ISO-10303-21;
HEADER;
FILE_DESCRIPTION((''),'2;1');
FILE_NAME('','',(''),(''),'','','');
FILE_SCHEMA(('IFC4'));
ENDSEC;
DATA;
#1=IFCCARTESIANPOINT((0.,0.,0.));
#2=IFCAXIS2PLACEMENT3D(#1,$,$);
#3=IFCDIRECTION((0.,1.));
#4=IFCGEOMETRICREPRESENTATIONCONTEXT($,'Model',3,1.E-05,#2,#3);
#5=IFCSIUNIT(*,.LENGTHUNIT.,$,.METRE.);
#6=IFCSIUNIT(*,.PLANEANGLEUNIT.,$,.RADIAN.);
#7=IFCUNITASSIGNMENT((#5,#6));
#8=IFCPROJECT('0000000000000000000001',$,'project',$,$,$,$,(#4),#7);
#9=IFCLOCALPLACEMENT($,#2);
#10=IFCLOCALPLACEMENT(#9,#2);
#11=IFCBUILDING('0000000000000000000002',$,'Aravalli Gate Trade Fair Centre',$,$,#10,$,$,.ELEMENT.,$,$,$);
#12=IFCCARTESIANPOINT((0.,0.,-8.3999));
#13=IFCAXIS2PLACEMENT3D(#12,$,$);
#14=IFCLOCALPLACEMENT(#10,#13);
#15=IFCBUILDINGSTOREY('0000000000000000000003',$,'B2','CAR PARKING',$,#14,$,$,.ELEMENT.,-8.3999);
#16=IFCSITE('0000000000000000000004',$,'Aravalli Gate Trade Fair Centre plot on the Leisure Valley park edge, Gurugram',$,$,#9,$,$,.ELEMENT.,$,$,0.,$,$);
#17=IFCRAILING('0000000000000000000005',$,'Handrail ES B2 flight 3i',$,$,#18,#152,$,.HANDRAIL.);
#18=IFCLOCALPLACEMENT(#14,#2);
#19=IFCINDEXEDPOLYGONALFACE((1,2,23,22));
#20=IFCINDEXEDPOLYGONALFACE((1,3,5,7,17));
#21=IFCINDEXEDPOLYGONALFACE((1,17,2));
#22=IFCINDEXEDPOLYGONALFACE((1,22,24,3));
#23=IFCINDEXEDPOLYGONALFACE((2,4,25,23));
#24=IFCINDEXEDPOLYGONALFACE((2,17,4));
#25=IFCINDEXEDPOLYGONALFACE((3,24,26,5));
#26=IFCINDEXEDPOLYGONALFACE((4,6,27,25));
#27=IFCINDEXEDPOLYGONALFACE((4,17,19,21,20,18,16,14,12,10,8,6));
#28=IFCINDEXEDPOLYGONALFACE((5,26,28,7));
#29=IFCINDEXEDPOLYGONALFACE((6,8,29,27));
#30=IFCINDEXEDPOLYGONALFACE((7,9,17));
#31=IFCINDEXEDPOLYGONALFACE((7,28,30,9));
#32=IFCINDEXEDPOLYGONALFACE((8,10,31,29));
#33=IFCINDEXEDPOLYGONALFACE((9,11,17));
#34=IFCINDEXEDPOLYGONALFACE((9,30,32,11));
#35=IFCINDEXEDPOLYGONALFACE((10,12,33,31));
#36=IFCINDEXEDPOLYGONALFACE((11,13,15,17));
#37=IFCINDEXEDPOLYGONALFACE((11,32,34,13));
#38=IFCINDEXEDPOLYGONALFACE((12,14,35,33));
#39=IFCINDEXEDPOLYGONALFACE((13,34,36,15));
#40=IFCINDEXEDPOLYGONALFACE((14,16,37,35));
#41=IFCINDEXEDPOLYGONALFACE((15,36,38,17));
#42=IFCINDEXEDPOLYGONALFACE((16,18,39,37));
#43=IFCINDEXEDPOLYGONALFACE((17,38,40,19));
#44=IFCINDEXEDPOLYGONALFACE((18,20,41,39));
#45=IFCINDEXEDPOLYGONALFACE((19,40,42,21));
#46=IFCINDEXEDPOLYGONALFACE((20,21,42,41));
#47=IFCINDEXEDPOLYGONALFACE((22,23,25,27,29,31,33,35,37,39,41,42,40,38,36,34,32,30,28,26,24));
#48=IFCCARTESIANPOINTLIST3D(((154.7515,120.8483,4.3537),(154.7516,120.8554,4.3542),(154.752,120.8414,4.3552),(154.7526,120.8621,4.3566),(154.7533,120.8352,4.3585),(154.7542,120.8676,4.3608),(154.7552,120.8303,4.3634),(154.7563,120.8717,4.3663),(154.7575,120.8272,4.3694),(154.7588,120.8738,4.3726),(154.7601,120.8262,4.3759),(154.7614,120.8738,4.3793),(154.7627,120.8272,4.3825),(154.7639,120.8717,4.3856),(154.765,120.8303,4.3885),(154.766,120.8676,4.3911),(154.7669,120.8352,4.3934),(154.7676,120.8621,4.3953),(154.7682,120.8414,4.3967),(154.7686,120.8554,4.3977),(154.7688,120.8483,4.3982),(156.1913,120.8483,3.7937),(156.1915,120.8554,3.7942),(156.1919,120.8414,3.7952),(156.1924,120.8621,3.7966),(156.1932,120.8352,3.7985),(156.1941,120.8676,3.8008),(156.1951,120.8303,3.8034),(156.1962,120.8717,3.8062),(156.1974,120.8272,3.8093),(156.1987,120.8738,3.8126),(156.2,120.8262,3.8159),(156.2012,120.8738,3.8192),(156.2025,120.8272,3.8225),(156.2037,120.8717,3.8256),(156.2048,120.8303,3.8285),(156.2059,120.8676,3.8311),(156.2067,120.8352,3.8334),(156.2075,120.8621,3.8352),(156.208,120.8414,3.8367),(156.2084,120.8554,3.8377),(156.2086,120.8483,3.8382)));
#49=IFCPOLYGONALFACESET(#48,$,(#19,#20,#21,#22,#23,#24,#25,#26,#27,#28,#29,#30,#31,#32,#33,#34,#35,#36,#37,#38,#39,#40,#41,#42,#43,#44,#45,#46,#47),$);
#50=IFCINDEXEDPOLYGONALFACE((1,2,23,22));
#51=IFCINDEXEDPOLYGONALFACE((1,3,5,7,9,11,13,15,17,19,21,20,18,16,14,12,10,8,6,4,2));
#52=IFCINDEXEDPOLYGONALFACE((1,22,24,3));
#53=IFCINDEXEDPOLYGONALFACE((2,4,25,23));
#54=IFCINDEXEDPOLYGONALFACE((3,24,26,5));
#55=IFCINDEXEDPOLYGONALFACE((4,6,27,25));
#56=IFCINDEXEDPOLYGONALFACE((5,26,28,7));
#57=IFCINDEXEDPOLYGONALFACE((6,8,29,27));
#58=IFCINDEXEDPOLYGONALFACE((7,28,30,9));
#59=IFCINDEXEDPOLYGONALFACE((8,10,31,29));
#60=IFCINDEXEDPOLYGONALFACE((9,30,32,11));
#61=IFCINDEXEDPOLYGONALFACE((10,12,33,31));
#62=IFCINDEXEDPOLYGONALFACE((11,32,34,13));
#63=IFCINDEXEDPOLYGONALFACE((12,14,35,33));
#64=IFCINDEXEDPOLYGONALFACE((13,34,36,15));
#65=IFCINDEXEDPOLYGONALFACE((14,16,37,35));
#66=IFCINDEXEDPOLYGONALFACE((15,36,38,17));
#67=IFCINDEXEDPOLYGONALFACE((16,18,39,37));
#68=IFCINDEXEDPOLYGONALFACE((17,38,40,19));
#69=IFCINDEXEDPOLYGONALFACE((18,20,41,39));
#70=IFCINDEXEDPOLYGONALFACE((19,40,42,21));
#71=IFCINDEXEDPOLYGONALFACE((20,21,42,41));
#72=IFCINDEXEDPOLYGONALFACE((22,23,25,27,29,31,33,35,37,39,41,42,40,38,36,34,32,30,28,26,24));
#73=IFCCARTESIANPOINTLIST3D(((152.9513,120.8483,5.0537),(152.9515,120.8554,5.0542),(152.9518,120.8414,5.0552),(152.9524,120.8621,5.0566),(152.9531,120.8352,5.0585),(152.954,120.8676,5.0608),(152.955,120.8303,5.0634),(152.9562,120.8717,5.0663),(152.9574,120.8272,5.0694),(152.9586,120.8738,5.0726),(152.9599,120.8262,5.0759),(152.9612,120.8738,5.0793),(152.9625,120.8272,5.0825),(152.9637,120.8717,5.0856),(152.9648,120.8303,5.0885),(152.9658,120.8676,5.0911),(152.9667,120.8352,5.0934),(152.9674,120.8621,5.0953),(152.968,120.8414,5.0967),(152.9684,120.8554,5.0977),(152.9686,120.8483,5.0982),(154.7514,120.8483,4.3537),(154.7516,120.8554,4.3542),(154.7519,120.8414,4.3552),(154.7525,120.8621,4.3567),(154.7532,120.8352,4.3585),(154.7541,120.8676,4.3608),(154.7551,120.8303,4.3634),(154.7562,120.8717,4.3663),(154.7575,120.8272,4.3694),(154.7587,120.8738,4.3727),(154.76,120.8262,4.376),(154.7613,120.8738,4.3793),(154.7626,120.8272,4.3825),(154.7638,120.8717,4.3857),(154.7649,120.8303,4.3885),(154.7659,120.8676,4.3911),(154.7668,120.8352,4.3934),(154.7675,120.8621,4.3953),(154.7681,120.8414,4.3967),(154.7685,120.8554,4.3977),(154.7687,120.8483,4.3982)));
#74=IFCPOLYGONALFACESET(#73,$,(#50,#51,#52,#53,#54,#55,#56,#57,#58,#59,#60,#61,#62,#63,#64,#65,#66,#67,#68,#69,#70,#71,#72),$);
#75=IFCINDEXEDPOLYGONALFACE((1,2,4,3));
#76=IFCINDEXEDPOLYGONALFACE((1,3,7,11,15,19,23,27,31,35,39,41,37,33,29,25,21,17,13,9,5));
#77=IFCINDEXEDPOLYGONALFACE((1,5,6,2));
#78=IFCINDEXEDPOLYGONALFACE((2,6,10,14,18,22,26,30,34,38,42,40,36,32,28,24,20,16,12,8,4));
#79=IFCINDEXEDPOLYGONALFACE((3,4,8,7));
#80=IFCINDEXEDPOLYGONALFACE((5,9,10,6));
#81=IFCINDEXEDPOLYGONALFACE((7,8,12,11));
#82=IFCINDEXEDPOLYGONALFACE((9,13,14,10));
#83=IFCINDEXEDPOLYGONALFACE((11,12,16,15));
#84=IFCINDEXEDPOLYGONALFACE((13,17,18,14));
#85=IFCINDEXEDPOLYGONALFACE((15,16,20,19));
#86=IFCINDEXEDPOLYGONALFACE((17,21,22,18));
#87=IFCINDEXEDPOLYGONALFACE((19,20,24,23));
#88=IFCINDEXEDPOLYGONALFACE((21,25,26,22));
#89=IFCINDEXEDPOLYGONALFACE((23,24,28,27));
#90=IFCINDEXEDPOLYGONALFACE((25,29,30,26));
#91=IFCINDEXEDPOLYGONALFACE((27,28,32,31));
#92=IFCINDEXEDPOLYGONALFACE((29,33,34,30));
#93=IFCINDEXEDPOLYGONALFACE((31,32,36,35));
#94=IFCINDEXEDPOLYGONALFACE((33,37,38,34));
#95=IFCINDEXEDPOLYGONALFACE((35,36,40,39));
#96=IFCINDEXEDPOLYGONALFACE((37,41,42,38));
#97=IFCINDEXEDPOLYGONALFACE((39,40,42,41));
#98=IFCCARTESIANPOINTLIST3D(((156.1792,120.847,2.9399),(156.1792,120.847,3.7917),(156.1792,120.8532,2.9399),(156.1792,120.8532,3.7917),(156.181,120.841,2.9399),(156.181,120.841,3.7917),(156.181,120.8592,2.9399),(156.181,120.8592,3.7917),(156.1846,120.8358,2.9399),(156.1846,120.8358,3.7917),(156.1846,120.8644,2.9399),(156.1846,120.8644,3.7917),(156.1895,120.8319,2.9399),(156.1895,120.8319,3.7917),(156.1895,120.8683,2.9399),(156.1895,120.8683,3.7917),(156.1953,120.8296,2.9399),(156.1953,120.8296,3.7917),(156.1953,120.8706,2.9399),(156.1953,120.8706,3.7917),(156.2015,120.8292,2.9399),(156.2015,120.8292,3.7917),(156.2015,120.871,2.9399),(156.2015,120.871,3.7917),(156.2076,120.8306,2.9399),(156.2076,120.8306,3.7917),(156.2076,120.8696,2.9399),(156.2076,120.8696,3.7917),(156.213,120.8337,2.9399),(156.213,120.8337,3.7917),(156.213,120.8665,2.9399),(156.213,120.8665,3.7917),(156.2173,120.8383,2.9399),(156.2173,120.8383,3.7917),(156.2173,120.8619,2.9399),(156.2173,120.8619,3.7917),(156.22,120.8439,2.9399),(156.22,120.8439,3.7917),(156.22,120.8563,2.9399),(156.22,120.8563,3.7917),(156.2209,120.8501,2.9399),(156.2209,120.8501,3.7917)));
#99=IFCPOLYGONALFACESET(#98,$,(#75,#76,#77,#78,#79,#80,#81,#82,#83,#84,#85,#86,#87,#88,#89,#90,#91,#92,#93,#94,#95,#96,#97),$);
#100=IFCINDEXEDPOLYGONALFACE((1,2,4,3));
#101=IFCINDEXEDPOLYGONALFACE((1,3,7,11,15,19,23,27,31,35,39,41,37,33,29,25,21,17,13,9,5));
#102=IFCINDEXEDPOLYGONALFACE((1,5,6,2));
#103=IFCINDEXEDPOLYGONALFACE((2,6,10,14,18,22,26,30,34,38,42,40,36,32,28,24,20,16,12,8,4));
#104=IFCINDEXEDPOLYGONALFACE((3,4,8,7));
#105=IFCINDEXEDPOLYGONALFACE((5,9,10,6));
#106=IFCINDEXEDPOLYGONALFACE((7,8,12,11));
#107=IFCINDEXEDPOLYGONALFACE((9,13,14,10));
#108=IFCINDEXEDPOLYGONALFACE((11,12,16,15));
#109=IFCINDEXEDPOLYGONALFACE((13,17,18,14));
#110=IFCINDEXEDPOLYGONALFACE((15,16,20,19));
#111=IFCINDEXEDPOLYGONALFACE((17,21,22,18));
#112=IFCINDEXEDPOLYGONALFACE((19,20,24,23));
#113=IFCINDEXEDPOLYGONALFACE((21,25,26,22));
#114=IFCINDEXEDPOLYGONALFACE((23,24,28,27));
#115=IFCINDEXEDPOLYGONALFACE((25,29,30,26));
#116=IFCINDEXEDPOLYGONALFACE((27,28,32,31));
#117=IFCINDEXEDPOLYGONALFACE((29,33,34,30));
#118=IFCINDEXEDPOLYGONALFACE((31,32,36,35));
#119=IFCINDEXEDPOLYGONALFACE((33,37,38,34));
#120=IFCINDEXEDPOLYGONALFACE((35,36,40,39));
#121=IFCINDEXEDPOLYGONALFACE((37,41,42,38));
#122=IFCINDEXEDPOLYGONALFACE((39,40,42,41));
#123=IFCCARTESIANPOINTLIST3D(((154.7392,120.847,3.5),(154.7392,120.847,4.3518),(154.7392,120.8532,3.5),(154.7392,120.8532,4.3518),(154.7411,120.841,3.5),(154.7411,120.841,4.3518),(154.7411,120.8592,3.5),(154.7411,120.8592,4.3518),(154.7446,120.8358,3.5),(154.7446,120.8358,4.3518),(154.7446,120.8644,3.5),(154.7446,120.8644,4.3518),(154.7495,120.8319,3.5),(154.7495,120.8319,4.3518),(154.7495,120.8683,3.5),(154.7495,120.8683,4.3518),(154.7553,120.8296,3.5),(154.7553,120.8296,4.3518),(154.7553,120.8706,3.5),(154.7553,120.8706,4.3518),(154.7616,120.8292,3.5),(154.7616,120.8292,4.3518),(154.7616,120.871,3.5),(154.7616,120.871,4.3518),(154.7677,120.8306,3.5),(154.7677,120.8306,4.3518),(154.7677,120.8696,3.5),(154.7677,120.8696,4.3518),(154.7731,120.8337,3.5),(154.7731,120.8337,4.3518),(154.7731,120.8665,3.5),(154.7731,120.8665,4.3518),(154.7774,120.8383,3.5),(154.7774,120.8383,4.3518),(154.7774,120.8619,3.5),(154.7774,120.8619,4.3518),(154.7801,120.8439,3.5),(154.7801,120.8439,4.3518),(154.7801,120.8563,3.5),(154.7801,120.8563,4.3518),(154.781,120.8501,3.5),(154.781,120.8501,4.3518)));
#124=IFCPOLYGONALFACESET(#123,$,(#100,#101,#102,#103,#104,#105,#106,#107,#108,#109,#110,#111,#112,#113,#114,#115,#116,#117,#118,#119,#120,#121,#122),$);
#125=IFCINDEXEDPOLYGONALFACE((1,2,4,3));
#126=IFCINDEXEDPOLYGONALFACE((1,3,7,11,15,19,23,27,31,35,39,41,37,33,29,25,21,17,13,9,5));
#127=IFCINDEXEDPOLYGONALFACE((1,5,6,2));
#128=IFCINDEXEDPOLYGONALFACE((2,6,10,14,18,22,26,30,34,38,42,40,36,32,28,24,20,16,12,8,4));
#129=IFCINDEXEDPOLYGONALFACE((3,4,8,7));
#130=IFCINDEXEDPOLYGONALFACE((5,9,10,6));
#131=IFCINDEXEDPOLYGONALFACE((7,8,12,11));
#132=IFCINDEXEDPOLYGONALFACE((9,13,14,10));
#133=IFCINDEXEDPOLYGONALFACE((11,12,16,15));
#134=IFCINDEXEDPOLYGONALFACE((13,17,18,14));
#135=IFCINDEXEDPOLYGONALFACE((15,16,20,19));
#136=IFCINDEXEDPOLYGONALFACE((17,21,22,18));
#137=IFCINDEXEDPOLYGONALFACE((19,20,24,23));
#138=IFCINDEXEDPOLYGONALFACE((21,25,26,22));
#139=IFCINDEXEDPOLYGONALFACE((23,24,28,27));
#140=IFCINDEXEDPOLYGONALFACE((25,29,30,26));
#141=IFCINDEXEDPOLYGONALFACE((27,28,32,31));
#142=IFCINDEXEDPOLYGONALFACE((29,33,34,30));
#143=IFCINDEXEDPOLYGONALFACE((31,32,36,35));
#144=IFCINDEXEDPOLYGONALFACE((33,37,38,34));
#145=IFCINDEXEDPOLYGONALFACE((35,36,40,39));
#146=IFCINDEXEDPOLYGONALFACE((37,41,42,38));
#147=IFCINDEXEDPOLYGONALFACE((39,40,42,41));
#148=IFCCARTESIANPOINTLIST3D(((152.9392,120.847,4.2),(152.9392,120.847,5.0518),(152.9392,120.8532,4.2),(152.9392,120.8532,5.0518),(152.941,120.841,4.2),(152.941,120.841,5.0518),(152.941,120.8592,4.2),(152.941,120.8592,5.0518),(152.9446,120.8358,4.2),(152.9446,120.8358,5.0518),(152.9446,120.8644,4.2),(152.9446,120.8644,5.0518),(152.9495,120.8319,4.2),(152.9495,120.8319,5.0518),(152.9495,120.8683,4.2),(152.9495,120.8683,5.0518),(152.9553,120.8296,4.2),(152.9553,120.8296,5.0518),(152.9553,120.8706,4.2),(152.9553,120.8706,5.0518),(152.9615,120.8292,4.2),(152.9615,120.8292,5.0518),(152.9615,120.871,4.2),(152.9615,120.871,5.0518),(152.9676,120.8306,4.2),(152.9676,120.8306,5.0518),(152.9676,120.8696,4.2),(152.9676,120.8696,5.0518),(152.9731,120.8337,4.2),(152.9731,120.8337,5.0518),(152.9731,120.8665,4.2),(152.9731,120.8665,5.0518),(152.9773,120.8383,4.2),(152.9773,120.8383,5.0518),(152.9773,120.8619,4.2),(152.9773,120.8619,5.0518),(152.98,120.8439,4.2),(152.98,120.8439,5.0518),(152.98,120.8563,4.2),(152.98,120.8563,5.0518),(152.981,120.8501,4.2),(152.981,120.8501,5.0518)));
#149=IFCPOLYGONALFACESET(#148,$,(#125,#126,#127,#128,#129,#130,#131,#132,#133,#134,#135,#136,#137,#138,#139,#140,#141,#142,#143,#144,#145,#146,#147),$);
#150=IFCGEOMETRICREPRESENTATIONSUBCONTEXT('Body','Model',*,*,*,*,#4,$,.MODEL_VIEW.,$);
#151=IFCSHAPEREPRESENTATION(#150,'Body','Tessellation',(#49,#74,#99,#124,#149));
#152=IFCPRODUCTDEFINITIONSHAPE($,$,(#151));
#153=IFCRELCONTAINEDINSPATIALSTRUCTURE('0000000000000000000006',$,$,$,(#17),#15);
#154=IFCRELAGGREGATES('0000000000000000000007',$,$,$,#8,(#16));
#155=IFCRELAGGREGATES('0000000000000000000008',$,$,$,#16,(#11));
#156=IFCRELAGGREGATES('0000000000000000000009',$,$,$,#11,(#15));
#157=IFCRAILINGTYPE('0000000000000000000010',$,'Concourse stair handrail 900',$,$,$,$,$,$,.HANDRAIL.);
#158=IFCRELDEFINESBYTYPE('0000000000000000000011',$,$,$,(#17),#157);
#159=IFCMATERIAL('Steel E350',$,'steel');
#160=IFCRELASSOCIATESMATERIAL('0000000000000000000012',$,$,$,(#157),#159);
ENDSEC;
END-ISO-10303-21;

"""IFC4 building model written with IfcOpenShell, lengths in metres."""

from ifc_helpers import new_model, si_unit, direction, frame, origin, origin_2d, place, context, subcontext, project, spatial, circle, extrude, material, type_object, element, save


model = new_model("IFC4")

# Units and contexts
model_context = context("Model", 3, precision=1e-05, world=origin(), true_north=direction((0.0, 1.0)))
body_context = subcontext(model_context, "Body", "Model", "MODEL_VIEW")
ifc_project = project(units=[si_unit("LENGTHUNIT", "METRE"), si_unit("PLANEANGLEUNIT", "RADIAN")], contexts=[model_context])

# Site, building, storey
site_placement = place(None, origin())
site = spatial("IfcSite", under=ifc_project, at=site_placement, Name="Aravalli Gate Trade Fair Centre plot on the Leisure Valley park edge, Gurugram", CompositionType="ELEMENT", RefElevation=0.0)
building_placement = place(site_placement, origin())
building = spatial("IfcBuilding", under=site, at=building_placement, Name="Aravalli Gate Trade Fair Centre", CompositionType="ELEMENT")
storey_placement = place(building_placement, frame((0.0, 0.0, -8.3999)))
storey = spatial("IfcBuildingStorey", under=building, at=storey_placement, Name="B2", Description="CAR PARKING", CompositionType="ELEMENT", Elevation=-8.3999)

# Shared definitions
ifc_material_1 = material(Name="Steel E350", Category="steel")

# Railing
railing_type = type_object("IfcRailingType", Name="Concourse stair handrail 900", PredefinedType="HANDRAIL", material=ifc_material_1)
for number, where, name in (
    (1, (156.2, 120.8501, 2.9399), "Handrail ES B2 flight 3i"),
):
    element("IfcRailing", number, at=place(storey_placement, frame(where)), inside=storey, type_object=railing_type, Name=name, PredefinedType="HANDRAIL", context=body_context, shape_type="SweptSolid", body=[
        extrude(circle(Radius=0.0239, at=origin_2d()), frame((0.0, 0.0, 0.876), z_axis=(-0.931987, 0.0, 0.362492), x_axis=(0.0, -1.0, 0.0)), (0.0, 0.0, 1.0), 1.5449),
        extrude(circle(Radius=0.0239, at=origin_2d()), frame((-1.4399, 0.0, 1.436), z_axis=(-0.932017, 0.0, 0.362416), x_axis=(0.0, -1.0, 0.0)), (0.0, 0.0, 1.0), 1.9314),
        extrude(circle(Radius=0.021, at=origin_2d()), origin(), (0.0, 0.0, 1.0), 0.8518),
        extrude(circle(Radius=0.021, at=origin_2d()), frame((-1.4399, 0.0, 0.5601)), (0.0, 0.0, 1.0), 0.8518),
        extrude(circle(Radius=0.021, at=origin_2d()), frame((-3.24, 0.0, 1.26)), (0.0, 0.0, 1.0), 0.8518),
    ])

save(model, "model.ifc")
